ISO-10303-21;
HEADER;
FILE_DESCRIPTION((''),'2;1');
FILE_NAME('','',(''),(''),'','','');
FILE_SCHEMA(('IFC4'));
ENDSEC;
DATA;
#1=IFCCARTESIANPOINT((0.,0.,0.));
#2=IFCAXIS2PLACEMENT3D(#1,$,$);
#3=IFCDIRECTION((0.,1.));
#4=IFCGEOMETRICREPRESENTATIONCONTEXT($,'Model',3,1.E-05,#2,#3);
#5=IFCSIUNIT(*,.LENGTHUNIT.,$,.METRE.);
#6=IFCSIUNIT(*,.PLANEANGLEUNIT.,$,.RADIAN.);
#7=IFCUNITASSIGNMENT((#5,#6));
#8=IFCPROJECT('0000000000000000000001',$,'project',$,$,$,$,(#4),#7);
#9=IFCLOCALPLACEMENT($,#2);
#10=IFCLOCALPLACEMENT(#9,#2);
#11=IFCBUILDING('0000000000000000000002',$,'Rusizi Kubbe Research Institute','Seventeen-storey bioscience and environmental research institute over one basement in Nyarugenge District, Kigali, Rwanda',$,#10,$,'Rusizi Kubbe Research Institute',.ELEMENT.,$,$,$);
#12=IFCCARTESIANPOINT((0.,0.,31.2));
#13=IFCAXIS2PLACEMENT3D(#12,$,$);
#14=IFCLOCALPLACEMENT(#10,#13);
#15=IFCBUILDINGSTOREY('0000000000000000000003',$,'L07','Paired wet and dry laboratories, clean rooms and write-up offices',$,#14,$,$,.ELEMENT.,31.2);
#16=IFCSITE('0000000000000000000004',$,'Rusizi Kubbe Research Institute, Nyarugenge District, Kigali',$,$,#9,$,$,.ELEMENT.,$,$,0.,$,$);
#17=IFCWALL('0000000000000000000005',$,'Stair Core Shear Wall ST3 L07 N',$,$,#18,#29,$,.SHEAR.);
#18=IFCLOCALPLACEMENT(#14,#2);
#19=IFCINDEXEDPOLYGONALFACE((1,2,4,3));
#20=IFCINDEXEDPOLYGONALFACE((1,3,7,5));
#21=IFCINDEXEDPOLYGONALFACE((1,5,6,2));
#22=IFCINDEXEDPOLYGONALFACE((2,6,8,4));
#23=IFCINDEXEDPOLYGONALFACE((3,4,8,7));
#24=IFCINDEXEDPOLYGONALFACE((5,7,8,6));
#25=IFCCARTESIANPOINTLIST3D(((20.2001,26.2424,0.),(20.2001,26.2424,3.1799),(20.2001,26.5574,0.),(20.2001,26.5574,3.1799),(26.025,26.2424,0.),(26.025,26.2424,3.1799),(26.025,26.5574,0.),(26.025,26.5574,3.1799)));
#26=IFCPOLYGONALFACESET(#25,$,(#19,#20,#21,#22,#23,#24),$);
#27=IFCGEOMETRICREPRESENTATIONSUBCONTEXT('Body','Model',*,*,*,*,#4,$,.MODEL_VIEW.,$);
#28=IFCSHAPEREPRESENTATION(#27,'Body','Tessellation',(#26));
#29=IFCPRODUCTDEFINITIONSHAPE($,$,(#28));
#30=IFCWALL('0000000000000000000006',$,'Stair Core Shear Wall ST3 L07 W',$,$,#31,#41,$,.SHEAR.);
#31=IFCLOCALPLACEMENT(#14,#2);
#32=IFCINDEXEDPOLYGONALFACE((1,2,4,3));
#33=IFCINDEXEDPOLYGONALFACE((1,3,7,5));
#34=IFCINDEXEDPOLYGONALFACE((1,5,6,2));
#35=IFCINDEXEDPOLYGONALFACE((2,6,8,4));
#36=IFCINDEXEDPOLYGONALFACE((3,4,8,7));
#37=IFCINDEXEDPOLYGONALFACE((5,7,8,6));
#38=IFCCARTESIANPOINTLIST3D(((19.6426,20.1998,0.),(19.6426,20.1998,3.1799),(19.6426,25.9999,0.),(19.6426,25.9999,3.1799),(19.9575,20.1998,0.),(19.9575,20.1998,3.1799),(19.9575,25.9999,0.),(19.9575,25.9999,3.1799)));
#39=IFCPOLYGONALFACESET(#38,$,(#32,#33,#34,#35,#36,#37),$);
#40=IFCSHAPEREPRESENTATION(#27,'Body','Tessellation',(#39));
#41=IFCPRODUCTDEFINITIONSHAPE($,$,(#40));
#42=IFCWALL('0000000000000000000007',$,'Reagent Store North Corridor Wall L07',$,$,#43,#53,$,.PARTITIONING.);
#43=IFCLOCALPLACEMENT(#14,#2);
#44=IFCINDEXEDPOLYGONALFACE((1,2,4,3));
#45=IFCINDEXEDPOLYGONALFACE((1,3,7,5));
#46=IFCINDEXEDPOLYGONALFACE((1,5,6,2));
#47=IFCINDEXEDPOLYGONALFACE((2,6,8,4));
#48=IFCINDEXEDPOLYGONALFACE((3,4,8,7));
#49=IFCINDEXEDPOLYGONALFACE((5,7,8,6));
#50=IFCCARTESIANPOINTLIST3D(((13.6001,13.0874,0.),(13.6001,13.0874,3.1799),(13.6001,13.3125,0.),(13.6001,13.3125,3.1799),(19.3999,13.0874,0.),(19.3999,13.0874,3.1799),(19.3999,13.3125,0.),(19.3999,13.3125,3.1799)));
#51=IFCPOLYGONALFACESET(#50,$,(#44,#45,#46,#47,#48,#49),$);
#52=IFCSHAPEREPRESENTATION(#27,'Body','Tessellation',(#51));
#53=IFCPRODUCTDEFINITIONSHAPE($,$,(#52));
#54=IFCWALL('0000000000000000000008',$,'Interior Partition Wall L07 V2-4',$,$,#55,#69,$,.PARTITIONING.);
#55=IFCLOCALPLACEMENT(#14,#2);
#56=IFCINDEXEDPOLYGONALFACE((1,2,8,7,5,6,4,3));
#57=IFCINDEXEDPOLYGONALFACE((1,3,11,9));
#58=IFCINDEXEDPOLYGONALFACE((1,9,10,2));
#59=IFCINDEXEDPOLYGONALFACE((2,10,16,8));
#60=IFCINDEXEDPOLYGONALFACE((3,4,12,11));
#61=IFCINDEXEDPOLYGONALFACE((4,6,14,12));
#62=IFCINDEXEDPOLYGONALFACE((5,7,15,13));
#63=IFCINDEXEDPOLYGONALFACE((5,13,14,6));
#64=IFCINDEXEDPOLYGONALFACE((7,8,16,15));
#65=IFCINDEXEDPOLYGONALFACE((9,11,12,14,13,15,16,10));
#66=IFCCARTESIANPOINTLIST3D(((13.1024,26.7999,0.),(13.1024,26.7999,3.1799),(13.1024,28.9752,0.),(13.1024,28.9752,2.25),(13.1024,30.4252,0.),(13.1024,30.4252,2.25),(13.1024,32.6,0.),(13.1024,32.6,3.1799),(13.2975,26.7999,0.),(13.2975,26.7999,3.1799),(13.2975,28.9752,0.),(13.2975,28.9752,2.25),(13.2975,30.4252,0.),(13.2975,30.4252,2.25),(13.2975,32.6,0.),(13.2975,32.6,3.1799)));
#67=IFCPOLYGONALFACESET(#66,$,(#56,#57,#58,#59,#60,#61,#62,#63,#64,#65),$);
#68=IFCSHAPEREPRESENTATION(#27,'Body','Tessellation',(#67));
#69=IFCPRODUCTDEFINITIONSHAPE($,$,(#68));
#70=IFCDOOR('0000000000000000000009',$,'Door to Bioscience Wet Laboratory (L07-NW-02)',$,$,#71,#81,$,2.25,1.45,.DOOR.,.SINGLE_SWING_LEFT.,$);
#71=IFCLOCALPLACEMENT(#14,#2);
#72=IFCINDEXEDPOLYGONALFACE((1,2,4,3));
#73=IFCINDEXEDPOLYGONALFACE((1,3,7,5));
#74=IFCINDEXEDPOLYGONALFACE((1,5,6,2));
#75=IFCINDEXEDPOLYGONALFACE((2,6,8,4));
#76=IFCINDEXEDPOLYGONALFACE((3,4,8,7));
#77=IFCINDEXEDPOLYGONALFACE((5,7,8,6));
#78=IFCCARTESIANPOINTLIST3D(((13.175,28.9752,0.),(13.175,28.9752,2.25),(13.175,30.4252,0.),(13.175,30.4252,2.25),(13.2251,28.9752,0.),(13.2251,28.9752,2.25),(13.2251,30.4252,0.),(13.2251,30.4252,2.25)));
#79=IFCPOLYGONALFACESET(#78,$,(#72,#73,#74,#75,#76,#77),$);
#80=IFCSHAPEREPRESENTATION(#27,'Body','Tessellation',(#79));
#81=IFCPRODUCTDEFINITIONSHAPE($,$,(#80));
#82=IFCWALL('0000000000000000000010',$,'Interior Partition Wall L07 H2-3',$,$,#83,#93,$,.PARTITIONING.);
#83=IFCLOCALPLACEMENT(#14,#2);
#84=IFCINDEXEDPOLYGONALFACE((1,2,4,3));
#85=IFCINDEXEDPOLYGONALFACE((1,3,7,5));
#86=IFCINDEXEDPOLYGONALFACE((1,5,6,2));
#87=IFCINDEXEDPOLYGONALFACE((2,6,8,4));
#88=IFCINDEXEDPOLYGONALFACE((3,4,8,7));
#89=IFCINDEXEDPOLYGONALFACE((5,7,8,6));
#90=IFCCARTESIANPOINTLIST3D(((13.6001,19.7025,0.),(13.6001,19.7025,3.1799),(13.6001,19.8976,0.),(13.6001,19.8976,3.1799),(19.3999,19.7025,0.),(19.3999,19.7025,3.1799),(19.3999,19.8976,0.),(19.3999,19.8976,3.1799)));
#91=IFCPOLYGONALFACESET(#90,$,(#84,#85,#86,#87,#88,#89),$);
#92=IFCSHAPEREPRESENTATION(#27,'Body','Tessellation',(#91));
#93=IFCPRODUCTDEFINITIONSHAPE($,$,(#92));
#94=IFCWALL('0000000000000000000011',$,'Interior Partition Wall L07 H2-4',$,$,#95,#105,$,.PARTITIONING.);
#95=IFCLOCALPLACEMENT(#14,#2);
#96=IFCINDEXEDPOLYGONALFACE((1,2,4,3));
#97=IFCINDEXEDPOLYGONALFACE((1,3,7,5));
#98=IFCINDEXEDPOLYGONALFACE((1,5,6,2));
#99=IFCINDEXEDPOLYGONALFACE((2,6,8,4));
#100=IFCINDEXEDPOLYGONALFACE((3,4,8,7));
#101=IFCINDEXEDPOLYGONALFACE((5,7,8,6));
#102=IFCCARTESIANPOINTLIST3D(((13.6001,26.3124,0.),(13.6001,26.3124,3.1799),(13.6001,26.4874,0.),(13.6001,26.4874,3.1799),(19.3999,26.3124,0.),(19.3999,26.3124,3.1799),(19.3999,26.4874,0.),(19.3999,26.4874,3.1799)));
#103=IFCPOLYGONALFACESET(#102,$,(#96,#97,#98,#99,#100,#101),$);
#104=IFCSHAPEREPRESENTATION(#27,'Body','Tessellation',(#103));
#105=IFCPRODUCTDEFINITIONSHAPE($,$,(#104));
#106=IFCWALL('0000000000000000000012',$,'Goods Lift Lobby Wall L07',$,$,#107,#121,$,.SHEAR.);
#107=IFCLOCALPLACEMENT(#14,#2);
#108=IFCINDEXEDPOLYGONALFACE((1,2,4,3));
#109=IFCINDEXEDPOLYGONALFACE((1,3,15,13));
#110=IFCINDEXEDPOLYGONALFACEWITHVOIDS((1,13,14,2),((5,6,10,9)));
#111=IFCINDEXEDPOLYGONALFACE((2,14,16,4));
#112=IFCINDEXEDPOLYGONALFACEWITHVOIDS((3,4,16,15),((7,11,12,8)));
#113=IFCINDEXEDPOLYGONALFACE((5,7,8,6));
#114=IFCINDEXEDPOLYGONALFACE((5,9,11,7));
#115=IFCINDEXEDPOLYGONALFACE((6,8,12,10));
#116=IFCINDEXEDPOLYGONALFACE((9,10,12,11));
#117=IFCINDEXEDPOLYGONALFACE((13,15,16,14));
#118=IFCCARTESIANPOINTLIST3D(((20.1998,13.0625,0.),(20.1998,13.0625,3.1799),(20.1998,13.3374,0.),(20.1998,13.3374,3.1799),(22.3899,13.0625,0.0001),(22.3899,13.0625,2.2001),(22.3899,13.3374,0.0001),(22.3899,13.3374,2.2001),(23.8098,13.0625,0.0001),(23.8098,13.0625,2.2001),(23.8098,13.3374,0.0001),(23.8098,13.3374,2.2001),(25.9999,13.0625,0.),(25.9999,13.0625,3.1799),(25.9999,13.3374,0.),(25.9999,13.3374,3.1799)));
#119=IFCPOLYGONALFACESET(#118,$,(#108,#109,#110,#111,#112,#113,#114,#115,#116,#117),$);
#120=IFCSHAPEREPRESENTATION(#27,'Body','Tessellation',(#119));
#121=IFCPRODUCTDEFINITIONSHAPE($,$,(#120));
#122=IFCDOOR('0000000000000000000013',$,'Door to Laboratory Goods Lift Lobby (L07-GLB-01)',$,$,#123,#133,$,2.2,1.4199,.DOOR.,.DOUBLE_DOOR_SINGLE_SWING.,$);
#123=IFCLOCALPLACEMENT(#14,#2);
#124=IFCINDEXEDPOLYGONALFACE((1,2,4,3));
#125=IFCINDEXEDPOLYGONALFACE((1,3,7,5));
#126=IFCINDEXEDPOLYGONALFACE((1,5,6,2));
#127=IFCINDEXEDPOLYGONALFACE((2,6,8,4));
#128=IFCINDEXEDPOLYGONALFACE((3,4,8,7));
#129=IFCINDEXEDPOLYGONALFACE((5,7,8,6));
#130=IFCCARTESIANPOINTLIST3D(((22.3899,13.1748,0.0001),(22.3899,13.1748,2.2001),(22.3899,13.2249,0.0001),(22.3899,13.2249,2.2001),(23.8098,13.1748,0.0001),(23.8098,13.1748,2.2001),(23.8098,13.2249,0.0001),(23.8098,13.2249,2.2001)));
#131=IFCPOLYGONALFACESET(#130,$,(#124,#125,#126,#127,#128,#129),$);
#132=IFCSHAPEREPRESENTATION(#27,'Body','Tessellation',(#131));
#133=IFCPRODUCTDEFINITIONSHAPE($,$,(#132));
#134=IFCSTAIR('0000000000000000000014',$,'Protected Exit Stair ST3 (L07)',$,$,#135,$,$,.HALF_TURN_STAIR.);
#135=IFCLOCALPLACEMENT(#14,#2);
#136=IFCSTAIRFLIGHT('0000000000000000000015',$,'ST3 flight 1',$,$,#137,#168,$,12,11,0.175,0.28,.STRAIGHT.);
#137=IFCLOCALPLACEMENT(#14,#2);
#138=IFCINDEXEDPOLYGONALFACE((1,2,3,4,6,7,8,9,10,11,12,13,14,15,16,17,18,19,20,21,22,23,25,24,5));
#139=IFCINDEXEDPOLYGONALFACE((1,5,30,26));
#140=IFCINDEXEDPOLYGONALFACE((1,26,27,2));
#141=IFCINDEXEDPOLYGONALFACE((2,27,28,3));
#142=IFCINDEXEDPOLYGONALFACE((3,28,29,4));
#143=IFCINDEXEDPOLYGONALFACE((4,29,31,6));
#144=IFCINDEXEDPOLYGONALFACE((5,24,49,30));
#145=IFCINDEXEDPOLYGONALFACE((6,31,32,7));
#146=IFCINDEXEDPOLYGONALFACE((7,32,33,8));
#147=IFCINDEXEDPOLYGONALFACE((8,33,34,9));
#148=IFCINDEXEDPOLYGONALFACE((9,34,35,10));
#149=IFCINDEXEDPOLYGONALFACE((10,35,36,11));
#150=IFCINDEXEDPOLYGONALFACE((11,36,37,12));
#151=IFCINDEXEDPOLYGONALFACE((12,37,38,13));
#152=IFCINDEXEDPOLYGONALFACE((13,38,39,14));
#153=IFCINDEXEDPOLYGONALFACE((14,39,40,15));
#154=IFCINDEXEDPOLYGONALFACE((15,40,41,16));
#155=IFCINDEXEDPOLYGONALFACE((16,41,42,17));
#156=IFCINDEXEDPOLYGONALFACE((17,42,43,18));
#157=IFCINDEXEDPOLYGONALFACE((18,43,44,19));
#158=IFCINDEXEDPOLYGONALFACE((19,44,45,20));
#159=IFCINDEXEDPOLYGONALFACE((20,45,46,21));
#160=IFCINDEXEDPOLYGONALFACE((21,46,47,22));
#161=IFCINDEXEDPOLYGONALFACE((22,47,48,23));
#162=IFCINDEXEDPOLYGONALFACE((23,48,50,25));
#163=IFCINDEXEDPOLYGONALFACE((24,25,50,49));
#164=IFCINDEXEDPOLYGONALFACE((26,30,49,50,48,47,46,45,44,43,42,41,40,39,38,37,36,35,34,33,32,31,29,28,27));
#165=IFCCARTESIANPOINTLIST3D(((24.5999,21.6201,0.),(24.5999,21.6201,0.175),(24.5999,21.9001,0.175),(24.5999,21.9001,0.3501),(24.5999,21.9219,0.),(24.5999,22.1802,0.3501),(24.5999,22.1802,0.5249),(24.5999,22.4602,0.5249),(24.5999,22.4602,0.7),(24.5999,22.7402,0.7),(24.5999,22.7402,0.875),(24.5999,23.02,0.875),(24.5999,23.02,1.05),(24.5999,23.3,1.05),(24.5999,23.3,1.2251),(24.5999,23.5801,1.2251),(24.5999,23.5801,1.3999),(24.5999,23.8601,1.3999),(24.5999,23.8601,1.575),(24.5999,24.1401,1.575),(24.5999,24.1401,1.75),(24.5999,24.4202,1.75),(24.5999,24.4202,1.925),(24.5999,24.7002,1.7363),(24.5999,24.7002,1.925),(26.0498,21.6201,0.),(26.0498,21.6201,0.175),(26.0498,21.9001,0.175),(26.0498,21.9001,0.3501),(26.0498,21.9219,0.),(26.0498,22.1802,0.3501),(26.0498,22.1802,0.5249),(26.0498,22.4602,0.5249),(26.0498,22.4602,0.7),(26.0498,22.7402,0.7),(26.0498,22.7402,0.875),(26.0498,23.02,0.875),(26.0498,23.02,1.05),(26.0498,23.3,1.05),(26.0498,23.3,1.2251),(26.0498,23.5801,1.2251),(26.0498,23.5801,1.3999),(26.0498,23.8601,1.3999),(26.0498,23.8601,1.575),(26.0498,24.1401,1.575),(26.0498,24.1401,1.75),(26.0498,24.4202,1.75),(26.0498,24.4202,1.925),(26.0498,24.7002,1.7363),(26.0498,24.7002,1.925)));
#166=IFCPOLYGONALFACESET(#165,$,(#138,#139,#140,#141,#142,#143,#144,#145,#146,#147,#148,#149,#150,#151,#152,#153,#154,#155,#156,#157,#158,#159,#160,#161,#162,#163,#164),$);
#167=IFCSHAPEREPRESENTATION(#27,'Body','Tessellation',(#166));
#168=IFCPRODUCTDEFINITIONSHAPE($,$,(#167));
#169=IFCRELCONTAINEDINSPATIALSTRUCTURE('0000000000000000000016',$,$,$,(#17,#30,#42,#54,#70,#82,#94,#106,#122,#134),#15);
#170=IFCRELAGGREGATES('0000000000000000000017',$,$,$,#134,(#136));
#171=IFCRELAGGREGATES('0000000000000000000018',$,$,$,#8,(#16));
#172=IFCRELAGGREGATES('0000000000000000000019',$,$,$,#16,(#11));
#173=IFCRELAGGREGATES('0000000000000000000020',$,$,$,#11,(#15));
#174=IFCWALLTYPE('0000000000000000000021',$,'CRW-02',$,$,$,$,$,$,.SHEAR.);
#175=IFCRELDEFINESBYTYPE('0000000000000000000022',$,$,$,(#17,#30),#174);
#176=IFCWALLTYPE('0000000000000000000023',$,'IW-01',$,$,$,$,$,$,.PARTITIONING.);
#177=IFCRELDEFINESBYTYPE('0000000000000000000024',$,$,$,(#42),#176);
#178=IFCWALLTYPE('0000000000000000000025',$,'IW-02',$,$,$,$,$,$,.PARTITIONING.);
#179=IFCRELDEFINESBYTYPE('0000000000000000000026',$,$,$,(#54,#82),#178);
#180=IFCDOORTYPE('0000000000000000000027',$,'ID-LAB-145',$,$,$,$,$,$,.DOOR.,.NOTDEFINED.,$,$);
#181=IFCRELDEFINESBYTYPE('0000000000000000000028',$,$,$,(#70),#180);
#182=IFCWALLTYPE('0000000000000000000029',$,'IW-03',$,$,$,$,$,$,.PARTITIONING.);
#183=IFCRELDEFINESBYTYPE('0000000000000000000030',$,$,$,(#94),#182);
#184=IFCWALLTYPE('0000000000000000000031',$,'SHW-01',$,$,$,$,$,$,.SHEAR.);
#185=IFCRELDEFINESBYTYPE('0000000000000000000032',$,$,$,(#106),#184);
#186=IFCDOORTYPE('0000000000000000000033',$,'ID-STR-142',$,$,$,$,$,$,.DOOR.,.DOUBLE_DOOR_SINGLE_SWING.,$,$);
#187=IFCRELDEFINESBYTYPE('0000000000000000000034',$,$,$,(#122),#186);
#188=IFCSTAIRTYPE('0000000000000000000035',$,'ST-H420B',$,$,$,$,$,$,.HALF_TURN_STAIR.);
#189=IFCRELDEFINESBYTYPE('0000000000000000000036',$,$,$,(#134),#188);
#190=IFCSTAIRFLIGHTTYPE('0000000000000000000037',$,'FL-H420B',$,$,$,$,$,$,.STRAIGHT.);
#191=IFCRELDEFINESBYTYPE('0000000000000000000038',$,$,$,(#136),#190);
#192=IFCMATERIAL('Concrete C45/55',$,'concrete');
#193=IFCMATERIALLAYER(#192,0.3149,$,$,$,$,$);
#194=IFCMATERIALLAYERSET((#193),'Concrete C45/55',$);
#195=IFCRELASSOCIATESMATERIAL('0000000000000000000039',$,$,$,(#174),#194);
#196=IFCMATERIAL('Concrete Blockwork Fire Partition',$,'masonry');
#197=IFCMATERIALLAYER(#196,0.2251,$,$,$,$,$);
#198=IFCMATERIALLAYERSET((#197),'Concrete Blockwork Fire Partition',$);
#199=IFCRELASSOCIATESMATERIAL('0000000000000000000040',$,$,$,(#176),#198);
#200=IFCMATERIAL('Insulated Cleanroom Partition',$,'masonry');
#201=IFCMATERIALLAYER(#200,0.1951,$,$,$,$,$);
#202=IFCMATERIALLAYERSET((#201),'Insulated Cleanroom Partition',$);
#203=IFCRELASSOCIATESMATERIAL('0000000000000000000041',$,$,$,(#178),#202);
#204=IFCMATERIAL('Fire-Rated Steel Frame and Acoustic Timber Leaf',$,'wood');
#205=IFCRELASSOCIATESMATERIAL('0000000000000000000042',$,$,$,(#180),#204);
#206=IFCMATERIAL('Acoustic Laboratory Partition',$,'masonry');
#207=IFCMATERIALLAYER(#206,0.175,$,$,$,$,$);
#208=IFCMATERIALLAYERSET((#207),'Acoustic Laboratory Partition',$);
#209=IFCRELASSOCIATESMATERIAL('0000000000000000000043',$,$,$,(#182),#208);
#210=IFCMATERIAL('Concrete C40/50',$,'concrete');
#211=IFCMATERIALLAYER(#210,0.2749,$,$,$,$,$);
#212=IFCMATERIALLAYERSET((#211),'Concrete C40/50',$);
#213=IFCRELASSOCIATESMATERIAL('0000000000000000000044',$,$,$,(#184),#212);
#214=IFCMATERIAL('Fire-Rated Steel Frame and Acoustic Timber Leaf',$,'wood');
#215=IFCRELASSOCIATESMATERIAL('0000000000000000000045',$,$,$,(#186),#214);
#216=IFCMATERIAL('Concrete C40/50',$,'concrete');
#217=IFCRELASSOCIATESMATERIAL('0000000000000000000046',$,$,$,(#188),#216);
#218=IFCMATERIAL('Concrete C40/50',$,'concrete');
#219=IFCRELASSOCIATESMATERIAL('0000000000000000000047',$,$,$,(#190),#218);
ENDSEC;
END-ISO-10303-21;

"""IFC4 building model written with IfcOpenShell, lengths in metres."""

from ifc_helpers import new_model, si_unit, direction, frame, frame_2d, origin, place, context, subcontext, project, spatial, polyline, rectangle, outline, extrude, material, layer, layer_set, type_object, element, fill, aggregate, save


model = new_model("IFC4")

# Units and contexts
model_context = context("Model", 3, precision=1e-05, world=origin(), true_north=direction((0.0, 1.0)))
body_context = subcontext(model_context, "Body", "Model", "MODEL_VIEW")
ifc_project = project(units=[si_unit("LENGTHUNIT", "METRE"), si_unit("PLANEANGLEUNIT", "RADIAN")], contexts=[model_context])

# Site, building, storey
site_placement = place(None, origin())
site = spatial("IfcSite", under=ifc_project, at=site_placement, Name="Rusizi Kubbe Research Institute, Nyarugenge District, Kigali", CompositionType="ELEMENT", RefElevation=0.0)
building_placement = place(site_placement, origin())
building = spatial("IfcBuilding", under=site, at=building_placement, Name="Rusizi Kubbe Research Institute", Description="Seventeen-storey bioscience and environmental research institute over one basement in Nyarugenge District, Kigali, Rwanda", LongName="Rusizi Kubbe Research Institute", CompositionType="ELEMENT")
storey_placement = place(building_placement, frame((0.0, 0.0, 31.2)))
storey = spatial("IfcBuildingStorey", under=building, at=storey_placement, Name="L07", Description="Paired wet and dry laboratories, clean rooms and write-up offices", CompositionType="ELEMENT", Elevation=31.2)

# Shared definitions
ifc_material_1 = material(Name="Concrete C45/55", Category="concrete")
ifc_layer_1 = layer(ifc_material_1, 0.3149)
ifc_layer_set_1 = layer_set([ifc_layer_1], Name="Concrete C45/55")
wall_type_1 = type_object("IfcWallType", Name="CRW-02", PredefinedType="SHEAR", material=ifc_layer_set_1)

# Walls
wall_1_placement = place(storey_placement, frame((20.2, 26.3999, 0.0), z_axis=(0.0, 0.0, 1.0), x_axis=(1.0, 0.0, 0.0)))
element("IfcWall", 1, at=wall_1_placement, inside=storey, type_object=wall_type_1, Name="Stair Core Shear Wall ST3 L07 N", PredefinedType="SHEAR", context=body_context, shape_type="SweptSolid", body=[
    extrude(rectangle(XDim=5.825, YDim=0.3149, at=frame_2d((2.9126, 0.0))), origin(), (0.0, 0.0, 1.0), 3.1799),
])
wall_2_placement = place(storey_placement, frame((19.8, 20.2, 0.0), z_axis=(0.0, 0.0, 1.0), x_axis=(0.0, 1.0, 0.0)))
element("IfcWall", 2, at=wall_2_placement, inside=storey, type_object=wall_type_1, Name="Stair Core Shear Wall ST3 L07 W", PredefinedType="SHEAR", context=body_context, shape_type="SweptSolid", body=[
    extrude(rectangle(XDim=5.8, YDim=0.3149, at=frame_2d((2.8999, 0.0))), origin(), (0.0, 0.0, 1.0), 3.1799),
])
ifc_material_2 = material(Name="Concrete Blockwork Fire Partition", Category="masonry")
ifc_layer_2 = layer(ifc_material_2, 0.2251)
ifc_layer_set_2 = layer_set([ifc_layer_2], Name="Concrete Blockwork Fire Partition")
wall_type_2 = type_object("IfcWallType", Name="IW-01", PredefinedType="PARTITIONING", material=ifc_layer_set_2)
wall_3_placement = place(storey_placement, frame((13.6001, 13.2, 0.0), z_axis=(0.0, 0.0, 1.0), x_axis=(1.0, 0.0, 0.0)))
element("IfcWall", 3, at=wall_3_placement, inside=storey, type_object=wall_type_2, Name="Reagent Store North Corridor Wall L07", PredefinedType="PARTITIONING", context=body_context, shape_type="SweptSolid", body=[
    extrude(rectangle(XDim=5.7998, YDim=0.2251, at=frame_2d((2.8999, 0.0))), origin(), (0.0, 0.0, 1.0), 3.1799),
])

# Wall, opening, door
ifc_material_3 = material(Name="Insulated Cleanroom Partition", Category="masonry")
ifc_layer_3 = layer(ifc_material_3, 0.1951)
ifc_layer_set_3 = layer_set([ifc_layer_3], Name="Insulated Cleanroom Partition")
wall_type_3 = type_object("IfcWallType", Name="IW-02", PredefinedType="PARTITIONING", material=ifc_layer_set_3)
wall_4_placement = place(storey_placement, frame((13.2, 26.8, 0.0), z_axis=(0.0, 0.0, 1.0), x_axis=(0.0, 1.0, 0.0)))
wall_4 = element("IfcWall", 4, at=wall_4_placement, inside=storey, type_object=wall_type_3, Name="Interior Partition Wall L07 V2-4", PredefinedType="PARTITIONING", context=body_context, shape_type="SweptSolid", body=[
    extrude(rectangle(XDim=5.8, YDim=0.1951, at=frame_2d((2.8999, 0.0))), origin(), (0.0, 0.0, 1.0), 3.1799),
])
opening_1_placement = place(wall_4_placement, frame((2.175, 0.0, 0.0)))
opening_1 = element("IfcOpeningElement", 5, at=opening_1_placement, cuts=wall_4, PredefinedType="OPENING", context=body_context, shape_type="SweptSolid", body=[
    extrude(rectangle(XDim=1.45, YDim=2.25, at=frame_2d((0.7251, 1.125))), frame((0.0, 0.1074, 0.0), z_axis=(0.0, -1.0, 0.0), x_axis=(1.0, 0.0, 0.0)), (0.0, 0.0, 1.0), 0.2151),
])
ifc_material_4 = material(Name="Fire-Rated Steel Frame and Acoustic Timber Leaf", Category="wood")
door_type_1 = type_object("IfcDoorType", Name="ID-LAB-145", OperationType="NOTDEFINED", PredefinedType="DOOR", material=ifc_material_4)
door_1_placement = place(opening_1_placement, origin())
door_1 = element("IfcDoor", 6, at=door_1_placement, inside=storey, type_object=door_type_1, Name="Door to Bioscience Wet Laboratory (L07-NW-02)", OperationType="SINGLE_SWING_LEFT", OverallHeight=2.25, OverallWidth=1.45, PredefinedType="DOOR", context=body_context, shape_type="SweptSolid", body=[
    extrude(rectangle(XDim=1.45, YDim=2.25, at=frame_2d((0.7251, 1.125))), frame((0.0, 0.0249, 0.0), z_axis=(0.0, -1.0, 0.0), x_axis=(1.0, 0.0, 0.0)), (0.0, 0.0, 1.0), 0.05),
])
fill(opening_1, door_1)

# Walls
wall_5_placement = place(storey_placement, frame((13.6001, 19.8, 0.0), z_axis=(0.0, 0.0, 1.0), x_axis=(1.0, 0.0, 0.0)))
element("IfcWall", 7, at=wall_5_placement, inside=storey, type_object=wall_type_3, Name="Interior Partition Wall L07 H2-3", PredefinedType="PARTITIONING", context=body_context, shape_type="SweptSolid", body=[
    extrude(rectangle(XDim=5.7998, YDim=0.1951, at=frame_2d((2.8999, 0.0))), origin(), (0.0, 0.0, 1.0), 3.1799),
])
ifc_material_5 = material(Name="Acoustic Laboratory Partition", Category="masonry")
ifc_layer_4 = layer(ifc_material_5, 0.175)
ifc_layer_set_4 = layer_set([ifc_layer_4], Name="Acoustic Laboratory Partition")
wall_type_4 = type_object("IfcWallType", Name="IW-03", PredefinedType="PARTITIONING", material=ifc_layer_set_4)
wall_6_placement = place(storey_placement, frame((13.6001, 26.3999, 0.0), z_axis=(0.0, 0.0, 1.0), x_axis=(1.0, 0.0, 0.0)))
element("IfcWall", 8, at=wall_6_placement, inside=storey, type_object=wall_type_4, Name="Interior Partition Wall L07 H2-4", PredefinedType="PARTITIONING", context=body_context, shape_type="SweptSolid", body=[
    extrude(rectangle(XDim=5.7998, YDim=0.175, at=frame_2d((2.8999, 0.0))), origin(), (0.0, 0.0, 1.0), 3.1799),
])

# Wall, opening, door
ifc_material_6 = material(Name="Concrete C40/50", Category="concrete")
ifc_layer_5 = layer(ifc_material_6, 0.2749)
ifc_layer_set_5 = layer_set([ifc_layer_5], Name="Concrete C40/50")
wall_type_5 = type_object("IfcWallType", Name="SHW-01", PredefinedType="SHEAR", material=ifc_layer_set_5)
wall_7_placement = place(storey_placement, frame((20.2, 13.2, 0.0), z_axis=(0.0, 0.0, 1.0), x_axis=(1.0, 0.0, 0.0)))
wall_7 = element("IfcWall", 9, at=wall_7_placement, inside=storey, type_object=wall_type_5, Name="Goods Lift Lobby Wall L07", PredefinedType="SHEAR", context=body_context, shape_type="SweptSolid", body=[
    extrude(rectangle(XDim=5.8, YDim=0.2749, at=frame_2d((2.8999, 0.0))), origin(), (0.0, 0.0, 1.0), 3.1799),
])
opening_2_placement = place(wall_7_placement, frame((2.1899, 0.0, 0.0)))
opening_2 = element("IfcOpeningElement", 10, at=opening_2_placement, cuts=wall_7, PredefinedType="OPENING", context=body_context, shape_type="SweptSolid", body=[
    extrude(rectangle(XDim=1.4199, YDim=2.2, at=frame_2d((0.71, 1.1001))), frame((0.0, 0.1475, 0.0), z_axis=(0.0, -1.0, 0.0), x_axis=(1.0, 0.0, 0.0)), (0.0, 0.0, 1.0), 0.2949),
])
ifc_material_7 = material(Name="Fire-Rated Steel Frame and Acoustic Timber Leaf", Category="wood")
door_type_2 = type_object("IfcDoorType", Name="ID-STR-142", OperationType="DOUBLE_DOOR_SINGLE_SWING", PredefinedType="DOOR", material=ifc_material_7)
door_2_placement = place(opening_2_placement, origin())
door_2 = element("IfcDoor", 11, at=door_2_placement, inside=storey, type_object=door_type_2, Name="Door to Laboratory Goods Lift Lobby (L07-GLB-01)", OperationType="DOUBLE_DOOR_SINGLE_SWING", OverallHeight=2.2, OverallWidth=1.4199, PredefinedType="DOOR", context=body_context, shape_type="SweptSolid", body=[
    extrude(rectangle(XDim=1.4199, YDim=2.2, at=frame_2d((0.71, 1.1001))), frame((0.0, 0.0249, 0.0), z_axis=(0.0, -1.0, 0.0), x_axis=(1.0, 0.0, 0.0)), (0.0, 0.0, 1.0), 0.05),
])
fill(opening_2, door_2)

# Stair, stair flight
ifc_material_8 = material(Name="Concrete C40/50", Category="concrete")
stair_type = type_object("IfcStairType", Name="ST-H420B", PredefinedType="HALF_TURN_STAIR", material=ifc_material_8)
stair_placement = place(storey_placement, origin())
stair = element("IfcStair", 12, at=stair_placement, inside=storey, type_object=stair_type, Name="Protected Exit Stair ST3 (L07)", PredefinedType="HALF_TURN_STAIR")
ifc_material_9 = material(Name="Concrete C40/50", Category="concrete")
stair_flight_type = type_object("IfcStairFlightType", Name="FL-H420B", PredefinedType="STRAIGHT", material=ifc_material_9)
stair_flight_1_placement = place(storey_placement, frame((25.325, 21.6201, 0.0), z_axis=(0.0, 0.0, 1.0), x_axis=(0.0, 1.0, 0.0)))
stair_flight_1 = element("IfcStairFlight", 13, at=stair_flight_1_placement, type_object=stair_flight_type, Name="ST3 flight 1", NumberOfRisers=12, NumberOfTreads=11, PredefinedType="STRAIGHT", RiserHeight=0.175, TreadLength=0.28, context=body_context, shape_type="SweptSolid", body=[
    extrude(outline(polyline([(0.0, 0.0), (0.0, 0.175), (0.28, 0.175), (0.28, 0.3501), (0.5601, 0.3501), (0.5601, 0.5249), (0.8401, 0.5249), (0.8401, 0.7), (1.1201, 0.7), (1.1201, 0.875), (1.3999, 0.875), (1.3999, 1.05), (1.6799, 1.05), (1.6799, 1.2251), (1.96, 1.2251), (1.96, 1.3999), (2.24, 1.3999), (2.24, 1.575), (2.52, 1.575), (2.52, 1.75), (2.8, 1.75), (2.8, 1.925), (3.0801, 1.925), (3.0801, 2.1001), (3.0801, 1.7363), (0.3018, 0.0), (0.0, 0.0)])), frame((0.0, 0.7251, 0.0), z_axis=(0.0, -1.0, 0.0), x_axis=(1.0, 0.0, 0.0)), (0.0, 0.0, 1.0), 1.45),
])
aggregate(stair, [stair_flight_1])

save(model, "model.ifc")
